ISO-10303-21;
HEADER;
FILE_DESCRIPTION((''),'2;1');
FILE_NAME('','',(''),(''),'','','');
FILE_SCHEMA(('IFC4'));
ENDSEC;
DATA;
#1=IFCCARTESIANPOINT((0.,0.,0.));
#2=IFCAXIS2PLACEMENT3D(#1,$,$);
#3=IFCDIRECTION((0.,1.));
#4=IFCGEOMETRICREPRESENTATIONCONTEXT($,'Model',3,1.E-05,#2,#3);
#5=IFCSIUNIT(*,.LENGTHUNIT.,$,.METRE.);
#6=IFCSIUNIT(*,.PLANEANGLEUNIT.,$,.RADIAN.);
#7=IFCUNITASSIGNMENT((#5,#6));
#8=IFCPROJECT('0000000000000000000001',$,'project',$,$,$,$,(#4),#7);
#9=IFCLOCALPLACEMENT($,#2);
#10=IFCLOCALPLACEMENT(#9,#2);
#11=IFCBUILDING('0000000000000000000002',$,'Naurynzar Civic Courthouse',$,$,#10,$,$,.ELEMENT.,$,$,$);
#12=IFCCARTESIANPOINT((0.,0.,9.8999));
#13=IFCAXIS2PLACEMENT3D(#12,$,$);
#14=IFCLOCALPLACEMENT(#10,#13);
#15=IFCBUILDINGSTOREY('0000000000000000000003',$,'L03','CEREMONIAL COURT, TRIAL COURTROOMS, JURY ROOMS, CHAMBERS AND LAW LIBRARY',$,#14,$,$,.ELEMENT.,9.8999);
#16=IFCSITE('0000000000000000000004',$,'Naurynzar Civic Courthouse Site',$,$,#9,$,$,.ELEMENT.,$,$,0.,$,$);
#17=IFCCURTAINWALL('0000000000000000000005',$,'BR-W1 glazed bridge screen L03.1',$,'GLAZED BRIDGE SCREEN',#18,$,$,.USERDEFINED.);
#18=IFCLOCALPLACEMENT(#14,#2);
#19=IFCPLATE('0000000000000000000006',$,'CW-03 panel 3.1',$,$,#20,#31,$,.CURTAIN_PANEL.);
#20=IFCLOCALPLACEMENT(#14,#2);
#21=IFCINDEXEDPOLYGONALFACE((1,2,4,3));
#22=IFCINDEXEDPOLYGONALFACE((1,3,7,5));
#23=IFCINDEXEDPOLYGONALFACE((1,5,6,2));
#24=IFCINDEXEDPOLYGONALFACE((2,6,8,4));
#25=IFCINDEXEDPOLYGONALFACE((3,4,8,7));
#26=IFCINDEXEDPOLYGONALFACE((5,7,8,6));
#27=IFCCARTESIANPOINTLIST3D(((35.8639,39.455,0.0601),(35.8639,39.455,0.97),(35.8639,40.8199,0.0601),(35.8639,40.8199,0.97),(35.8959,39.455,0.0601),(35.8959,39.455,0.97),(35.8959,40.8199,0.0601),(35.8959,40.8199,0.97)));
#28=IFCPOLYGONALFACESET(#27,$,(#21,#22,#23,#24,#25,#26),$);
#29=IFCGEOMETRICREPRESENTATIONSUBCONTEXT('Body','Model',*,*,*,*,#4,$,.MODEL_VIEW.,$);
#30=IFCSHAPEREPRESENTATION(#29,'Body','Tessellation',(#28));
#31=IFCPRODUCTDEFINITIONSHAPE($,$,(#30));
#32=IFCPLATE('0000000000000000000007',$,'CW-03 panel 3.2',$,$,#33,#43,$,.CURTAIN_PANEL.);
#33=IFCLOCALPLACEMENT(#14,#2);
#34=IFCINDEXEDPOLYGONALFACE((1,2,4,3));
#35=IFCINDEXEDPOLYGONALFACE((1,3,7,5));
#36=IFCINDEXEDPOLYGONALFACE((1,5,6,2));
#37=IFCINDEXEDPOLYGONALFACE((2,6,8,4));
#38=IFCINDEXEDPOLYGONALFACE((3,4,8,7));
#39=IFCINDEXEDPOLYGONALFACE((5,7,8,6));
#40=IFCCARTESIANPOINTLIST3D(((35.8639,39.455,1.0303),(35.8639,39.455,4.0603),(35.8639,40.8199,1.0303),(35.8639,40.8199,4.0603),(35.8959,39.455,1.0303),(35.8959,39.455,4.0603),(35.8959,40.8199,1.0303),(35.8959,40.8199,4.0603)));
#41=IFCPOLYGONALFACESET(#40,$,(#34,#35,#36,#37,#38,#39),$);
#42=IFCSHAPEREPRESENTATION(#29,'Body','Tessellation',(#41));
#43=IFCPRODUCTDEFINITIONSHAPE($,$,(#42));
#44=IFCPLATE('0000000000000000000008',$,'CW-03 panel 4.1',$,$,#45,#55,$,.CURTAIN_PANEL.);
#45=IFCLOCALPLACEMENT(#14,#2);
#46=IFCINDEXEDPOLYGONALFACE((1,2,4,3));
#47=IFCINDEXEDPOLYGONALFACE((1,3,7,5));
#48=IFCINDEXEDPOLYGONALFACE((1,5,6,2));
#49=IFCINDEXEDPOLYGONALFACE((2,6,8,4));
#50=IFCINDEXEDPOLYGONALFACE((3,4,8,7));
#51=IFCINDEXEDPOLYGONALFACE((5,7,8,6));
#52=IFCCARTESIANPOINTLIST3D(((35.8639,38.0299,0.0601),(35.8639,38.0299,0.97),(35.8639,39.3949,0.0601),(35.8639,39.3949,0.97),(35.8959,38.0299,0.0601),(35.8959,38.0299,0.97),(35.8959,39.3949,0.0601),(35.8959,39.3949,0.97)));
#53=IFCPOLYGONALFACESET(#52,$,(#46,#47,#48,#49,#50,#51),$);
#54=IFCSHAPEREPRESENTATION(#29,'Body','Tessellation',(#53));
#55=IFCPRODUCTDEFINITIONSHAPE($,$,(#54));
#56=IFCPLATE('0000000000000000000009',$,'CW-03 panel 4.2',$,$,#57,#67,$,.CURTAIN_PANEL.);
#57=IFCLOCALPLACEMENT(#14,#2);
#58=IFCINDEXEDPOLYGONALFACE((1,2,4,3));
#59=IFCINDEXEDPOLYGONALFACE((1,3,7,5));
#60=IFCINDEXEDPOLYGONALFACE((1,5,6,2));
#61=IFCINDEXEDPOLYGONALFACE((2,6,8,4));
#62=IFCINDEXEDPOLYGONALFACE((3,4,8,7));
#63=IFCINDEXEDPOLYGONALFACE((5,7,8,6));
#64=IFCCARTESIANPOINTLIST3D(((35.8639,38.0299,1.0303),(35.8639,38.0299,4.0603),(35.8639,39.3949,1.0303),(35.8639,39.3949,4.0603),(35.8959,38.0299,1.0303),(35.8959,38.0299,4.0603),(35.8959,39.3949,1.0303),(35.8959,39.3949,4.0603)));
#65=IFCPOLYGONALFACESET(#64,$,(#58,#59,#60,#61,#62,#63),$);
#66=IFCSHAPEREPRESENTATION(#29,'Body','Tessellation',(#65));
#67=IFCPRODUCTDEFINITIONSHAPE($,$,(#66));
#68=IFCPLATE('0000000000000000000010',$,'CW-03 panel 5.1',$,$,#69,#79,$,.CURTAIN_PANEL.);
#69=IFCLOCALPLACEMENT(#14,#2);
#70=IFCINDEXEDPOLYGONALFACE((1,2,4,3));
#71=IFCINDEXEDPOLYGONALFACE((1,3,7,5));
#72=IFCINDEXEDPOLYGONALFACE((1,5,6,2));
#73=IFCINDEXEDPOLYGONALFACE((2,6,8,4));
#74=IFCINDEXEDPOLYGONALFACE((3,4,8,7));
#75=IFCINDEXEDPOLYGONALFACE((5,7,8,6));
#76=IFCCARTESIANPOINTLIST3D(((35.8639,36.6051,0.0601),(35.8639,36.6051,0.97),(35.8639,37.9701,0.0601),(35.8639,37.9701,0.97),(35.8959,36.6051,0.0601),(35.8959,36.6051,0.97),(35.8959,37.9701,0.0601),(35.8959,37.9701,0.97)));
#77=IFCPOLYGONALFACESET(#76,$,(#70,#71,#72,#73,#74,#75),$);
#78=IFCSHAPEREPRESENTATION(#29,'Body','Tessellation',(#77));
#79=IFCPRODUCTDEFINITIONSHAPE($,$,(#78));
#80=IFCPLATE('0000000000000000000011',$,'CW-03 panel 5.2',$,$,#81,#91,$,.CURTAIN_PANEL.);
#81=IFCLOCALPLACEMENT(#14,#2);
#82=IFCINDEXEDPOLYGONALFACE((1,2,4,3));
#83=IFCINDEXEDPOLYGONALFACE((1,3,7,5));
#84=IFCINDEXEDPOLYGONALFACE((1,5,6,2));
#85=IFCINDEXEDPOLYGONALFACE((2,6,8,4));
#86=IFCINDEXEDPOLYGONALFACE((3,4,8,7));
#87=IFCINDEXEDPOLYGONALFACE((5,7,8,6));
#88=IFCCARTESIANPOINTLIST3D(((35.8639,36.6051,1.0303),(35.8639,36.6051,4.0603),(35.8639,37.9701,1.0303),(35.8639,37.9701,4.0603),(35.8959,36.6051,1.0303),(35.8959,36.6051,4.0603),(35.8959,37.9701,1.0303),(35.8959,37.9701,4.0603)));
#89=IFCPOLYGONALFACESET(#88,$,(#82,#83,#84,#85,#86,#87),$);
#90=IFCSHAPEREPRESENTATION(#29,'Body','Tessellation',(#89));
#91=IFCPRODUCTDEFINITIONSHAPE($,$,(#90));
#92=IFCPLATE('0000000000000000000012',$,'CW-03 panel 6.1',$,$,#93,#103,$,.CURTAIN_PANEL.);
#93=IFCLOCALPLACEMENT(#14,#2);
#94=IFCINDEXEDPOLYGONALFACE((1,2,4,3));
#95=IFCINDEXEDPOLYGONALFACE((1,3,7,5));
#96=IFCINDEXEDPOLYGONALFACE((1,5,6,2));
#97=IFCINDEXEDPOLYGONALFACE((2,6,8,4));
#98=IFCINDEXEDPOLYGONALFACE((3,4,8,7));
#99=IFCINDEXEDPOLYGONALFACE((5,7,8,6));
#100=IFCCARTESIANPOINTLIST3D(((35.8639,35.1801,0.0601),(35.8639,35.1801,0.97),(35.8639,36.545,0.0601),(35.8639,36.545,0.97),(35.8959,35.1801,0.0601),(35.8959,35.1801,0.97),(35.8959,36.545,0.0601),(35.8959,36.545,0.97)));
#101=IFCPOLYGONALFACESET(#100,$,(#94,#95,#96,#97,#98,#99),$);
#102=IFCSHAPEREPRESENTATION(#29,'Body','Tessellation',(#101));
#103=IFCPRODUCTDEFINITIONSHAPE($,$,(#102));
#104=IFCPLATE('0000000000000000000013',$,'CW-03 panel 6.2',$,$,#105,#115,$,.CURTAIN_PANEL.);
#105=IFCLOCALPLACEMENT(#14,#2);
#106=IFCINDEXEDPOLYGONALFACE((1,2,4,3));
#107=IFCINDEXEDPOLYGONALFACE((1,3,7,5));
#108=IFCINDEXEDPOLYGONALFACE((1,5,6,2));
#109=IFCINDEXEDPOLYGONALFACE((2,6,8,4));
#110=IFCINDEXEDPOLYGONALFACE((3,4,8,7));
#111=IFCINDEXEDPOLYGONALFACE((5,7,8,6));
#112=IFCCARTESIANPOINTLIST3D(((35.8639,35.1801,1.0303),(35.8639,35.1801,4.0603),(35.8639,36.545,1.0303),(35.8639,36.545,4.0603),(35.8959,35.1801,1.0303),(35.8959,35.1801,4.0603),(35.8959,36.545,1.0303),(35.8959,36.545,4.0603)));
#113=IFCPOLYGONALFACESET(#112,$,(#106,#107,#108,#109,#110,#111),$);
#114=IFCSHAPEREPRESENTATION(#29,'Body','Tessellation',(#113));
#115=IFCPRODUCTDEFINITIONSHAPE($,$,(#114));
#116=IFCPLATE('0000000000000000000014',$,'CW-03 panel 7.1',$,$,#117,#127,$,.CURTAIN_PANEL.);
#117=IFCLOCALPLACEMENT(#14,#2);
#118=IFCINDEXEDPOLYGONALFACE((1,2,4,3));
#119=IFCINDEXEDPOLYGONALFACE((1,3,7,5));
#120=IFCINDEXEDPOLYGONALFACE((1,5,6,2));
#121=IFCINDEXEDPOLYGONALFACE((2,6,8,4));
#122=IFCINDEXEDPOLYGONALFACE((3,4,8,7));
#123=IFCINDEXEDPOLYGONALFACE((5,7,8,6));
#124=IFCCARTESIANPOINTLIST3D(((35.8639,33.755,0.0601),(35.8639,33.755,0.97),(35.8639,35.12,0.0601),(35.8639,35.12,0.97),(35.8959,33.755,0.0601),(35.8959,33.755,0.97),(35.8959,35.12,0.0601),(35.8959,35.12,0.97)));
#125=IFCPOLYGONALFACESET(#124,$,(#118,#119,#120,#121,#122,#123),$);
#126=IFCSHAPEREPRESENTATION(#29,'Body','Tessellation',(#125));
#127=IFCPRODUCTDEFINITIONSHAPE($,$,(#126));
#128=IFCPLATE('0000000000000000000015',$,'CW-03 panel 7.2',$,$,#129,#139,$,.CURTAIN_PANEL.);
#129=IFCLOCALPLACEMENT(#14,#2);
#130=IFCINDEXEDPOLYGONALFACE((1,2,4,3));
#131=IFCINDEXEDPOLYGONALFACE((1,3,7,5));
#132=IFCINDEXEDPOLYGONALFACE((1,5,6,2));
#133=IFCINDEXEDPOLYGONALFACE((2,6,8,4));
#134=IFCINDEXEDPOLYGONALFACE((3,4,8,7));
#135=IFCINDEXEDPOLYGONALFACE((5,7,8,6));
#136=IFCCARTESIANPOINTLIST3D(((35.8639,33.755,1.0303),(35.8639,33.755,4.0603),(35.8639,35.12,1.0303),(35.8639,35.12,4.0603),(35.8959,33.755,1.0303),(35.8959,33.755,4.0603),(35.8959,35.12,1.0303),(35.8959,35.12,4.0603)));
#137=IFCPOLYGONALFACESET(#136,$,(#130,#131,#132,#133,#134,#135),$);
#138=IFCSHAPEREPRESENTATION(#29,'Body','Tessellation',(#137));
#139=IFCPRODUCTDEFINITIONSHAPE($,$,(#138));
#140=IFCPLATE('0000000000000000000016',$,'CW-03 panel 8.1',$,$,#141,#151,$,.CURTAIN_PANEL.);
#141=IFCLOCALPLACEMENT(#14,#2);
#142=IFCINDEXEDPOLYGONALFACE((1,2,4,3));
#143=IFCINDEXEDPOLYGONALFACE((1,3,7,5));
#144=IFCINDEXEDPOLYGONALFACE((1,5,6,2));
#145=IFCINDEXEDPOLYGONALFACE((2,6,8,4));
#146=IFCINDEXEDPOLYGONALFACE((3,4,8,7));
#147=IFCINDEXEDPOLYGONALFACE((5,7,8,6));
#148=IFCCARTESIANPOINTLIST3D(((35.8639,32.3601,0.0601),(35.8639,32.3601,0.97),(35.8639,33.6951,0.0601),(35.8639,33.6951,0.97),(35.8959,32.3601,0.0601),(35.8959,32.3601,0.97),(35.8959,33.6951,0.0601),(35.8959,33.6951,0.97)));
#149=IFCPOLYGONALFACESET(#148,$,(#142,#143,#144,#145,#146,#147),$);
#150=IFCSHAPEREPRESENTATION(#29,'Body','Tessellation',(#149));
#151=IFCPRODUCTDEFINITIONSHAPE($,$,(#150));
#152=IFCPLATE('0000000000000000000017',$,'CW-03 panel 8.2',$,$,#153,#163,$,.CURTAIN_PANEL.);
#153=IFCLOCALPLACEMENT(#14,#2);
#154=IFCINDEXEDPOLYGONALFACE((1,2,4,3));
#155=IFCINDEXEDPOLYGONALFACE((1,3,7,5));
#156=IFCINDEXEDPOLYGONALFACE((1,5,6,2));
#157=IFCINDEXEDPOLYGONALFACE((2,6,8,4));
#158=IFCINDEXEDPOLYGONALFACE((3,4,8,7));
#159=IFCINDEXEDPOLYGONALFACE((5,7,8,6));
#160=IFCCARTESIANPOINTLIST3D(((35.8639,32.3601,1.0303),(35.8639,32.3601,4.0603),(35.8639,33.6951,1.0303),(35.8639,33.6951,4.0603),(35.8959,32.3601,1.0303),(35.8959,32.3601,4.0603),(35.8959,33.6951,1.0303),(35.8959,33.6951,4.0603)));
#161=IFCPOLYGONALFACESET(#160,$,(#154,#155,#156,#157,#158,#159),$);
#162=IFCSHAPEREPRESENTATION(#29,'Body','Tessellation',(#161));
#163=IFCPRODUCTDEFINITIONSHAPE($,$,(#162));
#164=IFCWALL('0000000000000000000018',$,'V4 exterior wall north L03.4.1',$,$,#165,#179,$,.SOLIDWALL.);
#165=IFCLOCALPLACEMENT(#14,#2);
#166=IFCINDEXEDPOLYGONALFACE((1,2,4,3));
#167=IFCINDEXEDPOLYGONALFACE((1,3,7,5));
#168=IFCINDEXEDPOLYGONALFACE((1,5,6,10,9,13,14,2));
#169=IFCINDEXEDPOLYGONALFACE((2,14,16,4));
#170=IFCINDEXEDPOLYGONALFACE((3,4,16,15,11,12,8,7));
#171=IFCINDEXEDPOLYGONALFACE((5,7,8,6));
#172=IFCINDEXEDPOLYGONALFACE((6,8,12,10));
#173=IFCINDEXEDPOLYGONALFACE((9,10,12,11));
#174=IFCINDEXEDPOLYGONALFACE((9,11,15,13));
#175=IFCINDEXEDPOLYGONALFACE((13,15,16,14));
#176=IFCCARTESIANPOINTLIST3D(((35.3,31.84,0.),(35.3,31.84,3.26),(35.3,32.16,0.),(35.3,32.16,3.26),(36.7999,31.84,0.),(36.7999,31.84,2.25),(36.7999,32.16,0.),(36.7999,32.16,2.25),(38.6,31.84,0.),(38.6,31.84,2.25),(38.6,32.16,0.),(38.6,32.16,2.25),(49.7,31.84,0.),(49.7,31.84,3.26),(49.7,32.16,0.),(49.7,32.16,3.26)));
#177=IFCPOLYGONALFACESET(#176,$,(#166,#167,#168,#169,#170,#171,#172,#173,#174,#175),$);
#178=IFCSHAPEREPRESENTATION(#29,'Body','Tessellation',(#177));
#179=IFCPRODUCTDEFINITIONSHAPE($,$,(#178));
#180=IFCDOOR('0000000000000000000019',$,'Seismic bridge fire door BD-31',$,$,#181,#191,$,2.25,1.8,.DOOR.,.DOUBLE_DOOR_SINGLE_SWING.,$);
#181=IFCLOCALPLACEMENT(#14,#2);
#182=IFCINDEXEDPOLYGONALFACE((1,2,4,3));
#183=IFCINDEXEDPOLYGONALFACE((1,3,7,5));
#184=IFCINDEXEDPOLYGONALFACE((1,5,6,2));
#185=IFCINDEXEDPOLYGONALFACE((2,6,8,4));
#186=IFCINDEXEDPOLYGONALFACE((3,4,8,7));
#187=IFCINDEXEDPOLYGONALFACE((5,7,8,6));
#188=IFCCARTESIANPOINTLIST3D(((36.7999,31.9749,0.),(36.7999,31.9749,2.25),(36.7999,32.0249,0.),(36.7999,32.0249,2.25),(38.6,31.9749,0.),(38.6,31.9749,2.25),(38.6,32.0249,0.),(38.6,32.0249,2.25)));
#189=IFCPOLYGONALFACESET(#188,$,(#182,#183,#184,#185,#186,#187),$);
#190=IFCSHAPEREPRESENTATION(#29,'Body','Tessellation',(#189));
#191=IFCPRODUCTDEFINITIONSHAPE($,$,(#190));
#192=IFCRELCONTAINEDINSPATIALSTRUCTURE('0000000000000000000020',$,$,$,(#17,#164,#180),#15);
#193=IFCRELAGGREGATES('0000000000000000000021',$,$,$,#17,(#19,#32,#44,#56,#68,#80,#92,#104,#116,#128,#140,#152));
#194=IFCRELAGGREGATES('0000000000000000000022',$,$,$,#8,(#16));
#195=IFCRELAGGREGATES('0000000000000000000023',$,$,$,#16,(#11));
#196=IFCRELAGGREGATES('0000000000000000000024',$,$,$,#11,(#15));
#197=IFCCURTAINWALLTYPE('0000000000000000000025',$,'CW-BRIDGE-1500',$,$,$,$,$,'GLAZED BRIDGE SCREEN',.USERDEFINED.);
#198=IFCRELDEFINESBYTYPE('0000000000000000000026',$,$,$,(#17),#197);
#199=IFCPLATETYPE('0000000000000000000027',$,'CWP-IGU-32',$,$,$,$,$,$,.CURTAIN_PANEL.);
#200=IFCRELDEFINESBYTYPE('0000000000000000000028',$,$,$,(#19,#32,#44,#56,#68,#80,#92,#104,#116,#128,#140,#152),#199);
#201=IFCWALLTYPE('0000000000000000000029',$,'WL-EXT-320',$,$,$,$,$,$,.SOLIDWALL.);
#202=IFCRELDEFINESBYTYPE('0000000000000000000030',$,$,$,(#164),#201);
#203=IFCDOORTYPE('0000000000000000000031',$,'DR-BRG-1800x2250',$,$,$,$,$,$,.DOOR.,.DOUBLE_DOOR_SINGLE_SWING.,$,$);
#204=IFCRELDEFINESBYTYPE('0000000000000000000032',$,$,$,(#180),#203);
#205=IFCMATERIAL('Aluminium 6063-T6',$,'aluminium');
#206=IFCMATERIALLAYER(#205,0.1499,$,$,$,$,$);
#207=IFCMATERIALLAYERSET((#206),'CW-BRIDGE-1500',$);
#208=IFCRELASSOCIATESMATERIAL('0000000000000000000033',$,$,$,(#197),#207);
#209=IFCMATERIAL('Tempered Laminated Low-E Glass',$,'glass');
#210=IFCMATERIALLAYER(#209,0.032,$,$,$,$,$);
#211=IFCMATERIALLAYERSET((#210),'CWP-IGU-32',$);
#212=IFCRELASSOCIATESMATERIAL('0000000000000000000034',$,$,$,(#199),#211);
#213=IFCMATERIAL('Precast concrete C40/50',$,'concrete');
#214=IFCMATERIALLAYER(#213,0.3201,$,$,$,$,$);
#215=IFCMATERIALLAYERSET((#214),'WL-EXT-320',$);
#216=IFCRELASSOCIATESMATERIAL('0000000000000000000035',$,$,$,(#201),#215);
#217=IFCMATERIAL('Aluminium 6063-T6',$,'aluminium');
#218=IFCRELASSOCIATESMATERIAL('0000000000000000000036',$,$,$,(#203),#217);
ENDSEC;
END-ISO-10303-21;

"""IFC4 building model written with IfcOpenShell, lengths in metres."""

from ifc_helpers import new_model, si_unit, direction, frame, frame_2d, origin, origin_2d, place, context, subcontext, project, spatial, rectangle, extrude, material, layer, layer_set, type_object, element, fill, aggregate, save


model = new_model("IFC4")

# Units and contexts
model_context = context("Model", 3, precision=1e-05, world=origin(), true_north=direction((0.0, 1.0)))
body_context = subcontext(model_context, "Body", "Model", "MODEL_VIEW")
ifc_project = project(units=[si_unit("LENGTHUNIT", "METRE"), si_unit("PLANEANGLEUNIT", "RADIAN")], contexts=[model_context])

# Site, building, storey
site_placement = place(None, origin())
site = spatial("IfcSite", under=ifc_project, at=site_placement, Name="Naurynzar Civic Courthouse Site", CompositionType="ELEMENT", RefElevation=0.0)
building_placement = place(site_placement, origin())
building = spatial("IfcBuilding", under=site, at=building_placement, Name="Naurynzar Civic Courthouse", CompositionType="ELEMENT")
storey_placement = place(building_placement, frame((0.0, 0.0, 9.8999)))
storey = spatial("IfcBuildingStorey", under=building, at=storey_placement, Name="L03", Description="CEREMONIAL COURT, TRIAL COURTROOMS, JURY ROOMS, CHAMBERS AND LAW LIBRARY", CompositionType="ELEMENT", Elevation=9.8999)

# Curtain wall, plates
ifc_material_1 = material(Name="Aluminium 6063-T6", Category="aluminium")
ifc_layer_1 = layer(ifc_material_1, 0.1499)
ifc_layer_set_1 = layer_set([ifc_layer_1], Name="CW-BRIDGE-1500")
curtain_wall_type = type_object("IfcCurtainWallType", Name="CW-BRIDGE-1500", ElementType="GLAZED BRIDGE SCREEN", PredefinedType="USERDEFINED", material=ifc_layer_set_1)
curtain_wall_placement = place(storey_placement, origin())
curtain_wall = element("IfcCurtainWall", 1, at=curtain_wall_placement, inside=storey, type_object=curtain_wall_type, Name="BR-W1 glazed bridge screen L03.1", ObjectType="GLAZED BRIDGE SCREEN", PredefinedType="USERDEFINED")
ifc_material_2 = material(Name="Tempered Laminated Low-E Glass", Category="glass")
ifc_layer_2 = layer(ifc_material_2, 0.032)
ifc_layer_set_2 = layer_set([ifc_layer_2], Name="CWP-IGU-32")
plate_type = type_object("IfcPlateType", Name="CWP-IGU-32", PredefinedType="CURTAIN_PANEL", material=ifc_layer_set_2)
plate_1_placement = place(storey_placement, frame((35.8799, 40.1375, 0.0601), z_axis=(0.0, 0.0, 1.0), x_axis=(0.0, -1.0, 0.0)))
plate_1 = element("IfcPlate", 2, at=plate_1_placement, type_object=plate_type, Name="CW-03 panel 3.1", PredefinedType="CURTAIN_PANEL", context=body_context, shape_type="SweptSolid", body=[
    extrude(rectangle(XDim=1.365, YDim=0.032, at=origin_2d()), origin(), (0.0, 0.0, 1.0), 0.9099),
])
plate_2_placement = place(storey_placement, frame((35.8799, 40.1375, 1.0303), z_axis=(0.0, 0.0, 1.0), x_axis=(0.0, -1.0, 0.0)))
plate_2 = element("IfcPlate", 3, at=plate_2_placement, type_object=plate_type, Name="CW-03 panel 3.2", PredefinedType="CURTAIN_PANEL", context=body_context, shape_type="SweptSolid", body=[
    extrude(rectangle(XDim=1.365, YDim=0.032, at=origin_2d()), origin(), (0.0, 0.0, 1.0), 3.03),
])
plate_3_placement = place(storey_placement, frame((35.8799, 38.7124, 0.0601), z_axis=(0.0, 0.0, 1.0), x_axis=(0.0, -1.0, 0.0)))
plate_3 = element("IfcPlate", 4, at=plate_3_placement, type_object=plate_type, Name="CW-03 panel 4.1", PredefinedType="CURTAIN_PANEL", context=body_context, shape_type="SweptSolid", body=[
    extrude(rectangle(XDim=1.365, YDim=0.032, at=origin_2d()), origin(), (0.0, 0.0, 1.0), 0.9099),
])
plate_4_placement = place(storey_placement, frame((35.8799, 38.7124, 1.0303), z_axis=(0.0, 0.0, 1.0), x_axis=(0.0, -1.0, 0.0)))
plate_4 = element("IfcPlate", 5, at=plate_4_placement, type_object=plate_type, Name="CW-03 panel 4.2", PredefinedType="CURTAIN_PANEL", context=body_context, shape_type="SweptSolid", body=[
    extrude(rectangle(XDim=1.365, YDim=0.032, at=origin_2d()), origin(), (0.0, 0.0, 1.0), 3.03),
])
plate_5_placement = place(storey_placement, frame((35.8799, 37.2876, 0.0601), z_axis=(0.0, 0.0, 1.0), x_axis=(0.0, -1.0, 0.0)))
plate_5 = element("IfcPlate", 6, at=plate_5_placement, type_object=plate_type, Name="CW-03 panel 5.1", PredefinedType="CURTAIN_PANEL", context=body_context, shape_type="SweptSolid", body=[
    extrude(rectangle(XDim=1.365, YDim=0.032, at=origin_2d()), origin(), (0.0, 0.0, 1.0), 0.9099),
])
plate_6_placement = place(storey_placement, frame((35.8799, 37.2876, 1.0303), z_axis=(0.0, 0.0, 1.0), x_axis=(0.0, -1.0, 0.0)))
plate_6 = element("IfcPlate", 7, at=plate_6_placement, type_object=plate_type, Name="CW-03 panel 5.2", PredefinedType="CURTAIN_PANEL", context=body_context, shape_type="SweptSolid", body=[
    extrude(rectangle(XDim=1.365, YDim=0.032, at=origin_2d()), origin(), (0.0, 0.0, 1.0), 3.03),
])
plate_7_placement = place(storey_placement, frame((35.8799, 35.8625, 0.0601), z_axis=(0.0, 0.0, 1.0), x_axis=(0.0, -1.0, 0.0)))
plate_7 = element("IfcPlate", 8, at=plate_7_placement, type_object=plate_type, Name="CW-03 panel 6.1", PredefinedType="CURTAIN_PANEL", context=body_context, shape_type="SweptSolid", body=[
    extrude(rectangle(XDim=1.365, YDim=0.032, at=origin_2d()), origin(), (0.0, 0.0, 1.0), 0.9099),
])
plate_8_placement = place(storey_placement, frame((35.8799, 35.8625, 1.0303), z_axis=(0.0, 0.0, 1.0), x_axis=(0.0, -1.0, 0.0)))
plate_8 = element("IfcPlate", 9, at=plate_8_placement, type_object=plate_type, Name="CW-03 panel 6.2", PredefinedType="CURTAIN_PANEL", context=body_context, shape_type="SweptSolid", body=[
    extrude(rectangle(XDim=1.365, YDim=0.032, at=origin_2d()), origin(), (0.0, 0.0, 1.0), 3.03),
])
plate_9_placement = place(storey_placement, frame((35.8799, 34.4375, 0.0601), z_axis=(0.0, 0.0, 1.0), x_axis=(0.0, -1.0, 0.0)))
plate_9 = element("IfcPlate", 10, at=plate_9_placement, type_object=plate_type, Name="CW-03 panel 7.1", PredefinedType="CURTAIN_PANEL", context=body_context, shape_type="SweptSolid", body=[
    extrude(rectangle(XDim=1.365, YDim=0.032, at=origin_2d()), origin(), (0.0, 0.0, 1.0), 0.9099),
])
plate_10_placement = place(storey_placement, frame((35.8799, 34.4375, 1.0303), z_axis=(0.0, 0.0, 1.0), x_axis=(0.0, -1.0, 0.0)))
plate_10 = element("IfcPlate", 11, at=plate_10_placement, type_object=plate_type, Name="CW-03 panel 7.2", PredefinedType="CURTAIN_PANEL", context=body_context, shape_type="SweptSolid", body=[
    extrude(rectangle(XDim=1.365, YDim=0.032, at=origin_2d()), origin(), (0.0, 0.0, 1.0), 3.03),
])
plate_11_placement = place(storey_placement, frame((35.8799, 33.0276, 0.0601), z_axis=(0.0, 0.0, 1.0), x_axis=(0.0, -1.0, 0.0)))
plate_11 = element("IfcPlate", 12, at=plate_11_placement, type_object=plate_type, Name="CW-03 panel 8.1", PredefinedType="CURTAIN_PANEL", context=body_context, shape_type="SweptSolid", body=[
    extrude(rectangle(XDim=1.335, YDim=0.032, at=origin_2d()), origin(), (0.0, 0.0, 1.0), 0.9099),
])
plate_12_placement = place(storey_placement, frame((35.8799, 33.0276, 1.0303), z_axis=(0.0, 0.0, 1.0), x_axis=(0.0, -1.0, 0.0)))
plate_12 = element("IfcPlate", 13, at=plate_12_placement, type_object=plate_type, Name="CW-03 panel 8.2", PredefinedType="CURTAIN_PANEL", context=body_context, shape_type="SweptSolid", body=[
    extrude(rectangle(XDim=1.335, YDim=0.032, at=origin_2d()), origin(), (0.0, 0.0, 1.0), 3.03),
])
aggregate(curtain_wall, [plate_1, plate_2, plate_3, plate_4, plate_5, plate_6, plate_7, plate_8, plate_9, plate_10, plate_11, plate_12])

# Wall, opening, door
ifc_material_3 = material(Name="Precast concrete C40/50", Category="concrete")
ifc_layer_3 = layer(ifc_material_3, 0.3201)
ifc_layer_set_3 = layer_set([ifc_layer_3], Name="WL-EXT-320")
wall_type = type_object("IfcWallType", Name="WL-EXT-320", PredefinedType="SOLIDWALL", material=ifc_layer_set_3)
wall_placement = place(storey_placement, frame((35.3, 32.0, 0.0), z_axis=(0.0, 0.0, 1.0), x_axis=(1.0, 0.0, 0.0)))
wall = element("IfcWall", 14, at=wall_placement, inside=storey, type_object=wall_type, Name="V4 exterior wall north L03.4.1", PredefinedType="SOLIDWALL", context=body_context, shape_type="SweptSolid", body=[
    extrude(rectangle(XDim=14.3999, YDim=0.3201, at=frame_2d((7.2, 0.0))), origin(), (0.0, 0.0, 1.0), 3.26),
])
opening_placement = place(wall_placement, frame((1.5, 0.0, 0.0)))
opening = element("IfcOpeningElement", 15, at=opening_placement, cuts=wall, PredefinedType="OPENING", context=body_context, shape_type="SweptSolid", body=[
    extrude(rectangle(XDim=1.8, YDim=2.25, at=frame_2d((0.8999, 1.125))), frame((0.0, 0.1699, 0.0), z_axis=(0.0, -1.0, 0.0), x_axis=(1.0, 0.0, 0.0)), (0.0, 0.0, 1.0), 0.3401),
])
ifc_material_4 = material(Name="Aluminium 6063-T6", Category="aluminium")
door_type = type_object("IfcDoorType", Name="DR-BRG-1800x2250", OperationType="DOUBLE_DOOR_SINGLE_SWING", PredefinedType="DOOR", material=ifc_material_4)
door_placement = place(opening_placement, origin())
door = element("IfcDoor", 16, at=door_placement, inside=storey, type_object=door_type, Name="Seismic bridge fire door BD-31", OperationType="DOUBLE_DOOR_SINGLE_SWING", OverallHeight=2.25, OverallWidth=1.8, PredefinedType="DOOR", context=body_context, shape_type="SweptSolid", body=[
    extrude(rectangle(XDim=1.8, YDim=2.25, at=frame_2d((0.8999, 1.125))), frame((0.0, 0.0249, 0.0), z_axis=(0.0, -1.0, 0.0), x_axis=(1.0, 0.0, 0.0)), (0.0, 0.0, 1.0), 0.05),
])
fill(opening, door)

save(model, "model.ifc")
